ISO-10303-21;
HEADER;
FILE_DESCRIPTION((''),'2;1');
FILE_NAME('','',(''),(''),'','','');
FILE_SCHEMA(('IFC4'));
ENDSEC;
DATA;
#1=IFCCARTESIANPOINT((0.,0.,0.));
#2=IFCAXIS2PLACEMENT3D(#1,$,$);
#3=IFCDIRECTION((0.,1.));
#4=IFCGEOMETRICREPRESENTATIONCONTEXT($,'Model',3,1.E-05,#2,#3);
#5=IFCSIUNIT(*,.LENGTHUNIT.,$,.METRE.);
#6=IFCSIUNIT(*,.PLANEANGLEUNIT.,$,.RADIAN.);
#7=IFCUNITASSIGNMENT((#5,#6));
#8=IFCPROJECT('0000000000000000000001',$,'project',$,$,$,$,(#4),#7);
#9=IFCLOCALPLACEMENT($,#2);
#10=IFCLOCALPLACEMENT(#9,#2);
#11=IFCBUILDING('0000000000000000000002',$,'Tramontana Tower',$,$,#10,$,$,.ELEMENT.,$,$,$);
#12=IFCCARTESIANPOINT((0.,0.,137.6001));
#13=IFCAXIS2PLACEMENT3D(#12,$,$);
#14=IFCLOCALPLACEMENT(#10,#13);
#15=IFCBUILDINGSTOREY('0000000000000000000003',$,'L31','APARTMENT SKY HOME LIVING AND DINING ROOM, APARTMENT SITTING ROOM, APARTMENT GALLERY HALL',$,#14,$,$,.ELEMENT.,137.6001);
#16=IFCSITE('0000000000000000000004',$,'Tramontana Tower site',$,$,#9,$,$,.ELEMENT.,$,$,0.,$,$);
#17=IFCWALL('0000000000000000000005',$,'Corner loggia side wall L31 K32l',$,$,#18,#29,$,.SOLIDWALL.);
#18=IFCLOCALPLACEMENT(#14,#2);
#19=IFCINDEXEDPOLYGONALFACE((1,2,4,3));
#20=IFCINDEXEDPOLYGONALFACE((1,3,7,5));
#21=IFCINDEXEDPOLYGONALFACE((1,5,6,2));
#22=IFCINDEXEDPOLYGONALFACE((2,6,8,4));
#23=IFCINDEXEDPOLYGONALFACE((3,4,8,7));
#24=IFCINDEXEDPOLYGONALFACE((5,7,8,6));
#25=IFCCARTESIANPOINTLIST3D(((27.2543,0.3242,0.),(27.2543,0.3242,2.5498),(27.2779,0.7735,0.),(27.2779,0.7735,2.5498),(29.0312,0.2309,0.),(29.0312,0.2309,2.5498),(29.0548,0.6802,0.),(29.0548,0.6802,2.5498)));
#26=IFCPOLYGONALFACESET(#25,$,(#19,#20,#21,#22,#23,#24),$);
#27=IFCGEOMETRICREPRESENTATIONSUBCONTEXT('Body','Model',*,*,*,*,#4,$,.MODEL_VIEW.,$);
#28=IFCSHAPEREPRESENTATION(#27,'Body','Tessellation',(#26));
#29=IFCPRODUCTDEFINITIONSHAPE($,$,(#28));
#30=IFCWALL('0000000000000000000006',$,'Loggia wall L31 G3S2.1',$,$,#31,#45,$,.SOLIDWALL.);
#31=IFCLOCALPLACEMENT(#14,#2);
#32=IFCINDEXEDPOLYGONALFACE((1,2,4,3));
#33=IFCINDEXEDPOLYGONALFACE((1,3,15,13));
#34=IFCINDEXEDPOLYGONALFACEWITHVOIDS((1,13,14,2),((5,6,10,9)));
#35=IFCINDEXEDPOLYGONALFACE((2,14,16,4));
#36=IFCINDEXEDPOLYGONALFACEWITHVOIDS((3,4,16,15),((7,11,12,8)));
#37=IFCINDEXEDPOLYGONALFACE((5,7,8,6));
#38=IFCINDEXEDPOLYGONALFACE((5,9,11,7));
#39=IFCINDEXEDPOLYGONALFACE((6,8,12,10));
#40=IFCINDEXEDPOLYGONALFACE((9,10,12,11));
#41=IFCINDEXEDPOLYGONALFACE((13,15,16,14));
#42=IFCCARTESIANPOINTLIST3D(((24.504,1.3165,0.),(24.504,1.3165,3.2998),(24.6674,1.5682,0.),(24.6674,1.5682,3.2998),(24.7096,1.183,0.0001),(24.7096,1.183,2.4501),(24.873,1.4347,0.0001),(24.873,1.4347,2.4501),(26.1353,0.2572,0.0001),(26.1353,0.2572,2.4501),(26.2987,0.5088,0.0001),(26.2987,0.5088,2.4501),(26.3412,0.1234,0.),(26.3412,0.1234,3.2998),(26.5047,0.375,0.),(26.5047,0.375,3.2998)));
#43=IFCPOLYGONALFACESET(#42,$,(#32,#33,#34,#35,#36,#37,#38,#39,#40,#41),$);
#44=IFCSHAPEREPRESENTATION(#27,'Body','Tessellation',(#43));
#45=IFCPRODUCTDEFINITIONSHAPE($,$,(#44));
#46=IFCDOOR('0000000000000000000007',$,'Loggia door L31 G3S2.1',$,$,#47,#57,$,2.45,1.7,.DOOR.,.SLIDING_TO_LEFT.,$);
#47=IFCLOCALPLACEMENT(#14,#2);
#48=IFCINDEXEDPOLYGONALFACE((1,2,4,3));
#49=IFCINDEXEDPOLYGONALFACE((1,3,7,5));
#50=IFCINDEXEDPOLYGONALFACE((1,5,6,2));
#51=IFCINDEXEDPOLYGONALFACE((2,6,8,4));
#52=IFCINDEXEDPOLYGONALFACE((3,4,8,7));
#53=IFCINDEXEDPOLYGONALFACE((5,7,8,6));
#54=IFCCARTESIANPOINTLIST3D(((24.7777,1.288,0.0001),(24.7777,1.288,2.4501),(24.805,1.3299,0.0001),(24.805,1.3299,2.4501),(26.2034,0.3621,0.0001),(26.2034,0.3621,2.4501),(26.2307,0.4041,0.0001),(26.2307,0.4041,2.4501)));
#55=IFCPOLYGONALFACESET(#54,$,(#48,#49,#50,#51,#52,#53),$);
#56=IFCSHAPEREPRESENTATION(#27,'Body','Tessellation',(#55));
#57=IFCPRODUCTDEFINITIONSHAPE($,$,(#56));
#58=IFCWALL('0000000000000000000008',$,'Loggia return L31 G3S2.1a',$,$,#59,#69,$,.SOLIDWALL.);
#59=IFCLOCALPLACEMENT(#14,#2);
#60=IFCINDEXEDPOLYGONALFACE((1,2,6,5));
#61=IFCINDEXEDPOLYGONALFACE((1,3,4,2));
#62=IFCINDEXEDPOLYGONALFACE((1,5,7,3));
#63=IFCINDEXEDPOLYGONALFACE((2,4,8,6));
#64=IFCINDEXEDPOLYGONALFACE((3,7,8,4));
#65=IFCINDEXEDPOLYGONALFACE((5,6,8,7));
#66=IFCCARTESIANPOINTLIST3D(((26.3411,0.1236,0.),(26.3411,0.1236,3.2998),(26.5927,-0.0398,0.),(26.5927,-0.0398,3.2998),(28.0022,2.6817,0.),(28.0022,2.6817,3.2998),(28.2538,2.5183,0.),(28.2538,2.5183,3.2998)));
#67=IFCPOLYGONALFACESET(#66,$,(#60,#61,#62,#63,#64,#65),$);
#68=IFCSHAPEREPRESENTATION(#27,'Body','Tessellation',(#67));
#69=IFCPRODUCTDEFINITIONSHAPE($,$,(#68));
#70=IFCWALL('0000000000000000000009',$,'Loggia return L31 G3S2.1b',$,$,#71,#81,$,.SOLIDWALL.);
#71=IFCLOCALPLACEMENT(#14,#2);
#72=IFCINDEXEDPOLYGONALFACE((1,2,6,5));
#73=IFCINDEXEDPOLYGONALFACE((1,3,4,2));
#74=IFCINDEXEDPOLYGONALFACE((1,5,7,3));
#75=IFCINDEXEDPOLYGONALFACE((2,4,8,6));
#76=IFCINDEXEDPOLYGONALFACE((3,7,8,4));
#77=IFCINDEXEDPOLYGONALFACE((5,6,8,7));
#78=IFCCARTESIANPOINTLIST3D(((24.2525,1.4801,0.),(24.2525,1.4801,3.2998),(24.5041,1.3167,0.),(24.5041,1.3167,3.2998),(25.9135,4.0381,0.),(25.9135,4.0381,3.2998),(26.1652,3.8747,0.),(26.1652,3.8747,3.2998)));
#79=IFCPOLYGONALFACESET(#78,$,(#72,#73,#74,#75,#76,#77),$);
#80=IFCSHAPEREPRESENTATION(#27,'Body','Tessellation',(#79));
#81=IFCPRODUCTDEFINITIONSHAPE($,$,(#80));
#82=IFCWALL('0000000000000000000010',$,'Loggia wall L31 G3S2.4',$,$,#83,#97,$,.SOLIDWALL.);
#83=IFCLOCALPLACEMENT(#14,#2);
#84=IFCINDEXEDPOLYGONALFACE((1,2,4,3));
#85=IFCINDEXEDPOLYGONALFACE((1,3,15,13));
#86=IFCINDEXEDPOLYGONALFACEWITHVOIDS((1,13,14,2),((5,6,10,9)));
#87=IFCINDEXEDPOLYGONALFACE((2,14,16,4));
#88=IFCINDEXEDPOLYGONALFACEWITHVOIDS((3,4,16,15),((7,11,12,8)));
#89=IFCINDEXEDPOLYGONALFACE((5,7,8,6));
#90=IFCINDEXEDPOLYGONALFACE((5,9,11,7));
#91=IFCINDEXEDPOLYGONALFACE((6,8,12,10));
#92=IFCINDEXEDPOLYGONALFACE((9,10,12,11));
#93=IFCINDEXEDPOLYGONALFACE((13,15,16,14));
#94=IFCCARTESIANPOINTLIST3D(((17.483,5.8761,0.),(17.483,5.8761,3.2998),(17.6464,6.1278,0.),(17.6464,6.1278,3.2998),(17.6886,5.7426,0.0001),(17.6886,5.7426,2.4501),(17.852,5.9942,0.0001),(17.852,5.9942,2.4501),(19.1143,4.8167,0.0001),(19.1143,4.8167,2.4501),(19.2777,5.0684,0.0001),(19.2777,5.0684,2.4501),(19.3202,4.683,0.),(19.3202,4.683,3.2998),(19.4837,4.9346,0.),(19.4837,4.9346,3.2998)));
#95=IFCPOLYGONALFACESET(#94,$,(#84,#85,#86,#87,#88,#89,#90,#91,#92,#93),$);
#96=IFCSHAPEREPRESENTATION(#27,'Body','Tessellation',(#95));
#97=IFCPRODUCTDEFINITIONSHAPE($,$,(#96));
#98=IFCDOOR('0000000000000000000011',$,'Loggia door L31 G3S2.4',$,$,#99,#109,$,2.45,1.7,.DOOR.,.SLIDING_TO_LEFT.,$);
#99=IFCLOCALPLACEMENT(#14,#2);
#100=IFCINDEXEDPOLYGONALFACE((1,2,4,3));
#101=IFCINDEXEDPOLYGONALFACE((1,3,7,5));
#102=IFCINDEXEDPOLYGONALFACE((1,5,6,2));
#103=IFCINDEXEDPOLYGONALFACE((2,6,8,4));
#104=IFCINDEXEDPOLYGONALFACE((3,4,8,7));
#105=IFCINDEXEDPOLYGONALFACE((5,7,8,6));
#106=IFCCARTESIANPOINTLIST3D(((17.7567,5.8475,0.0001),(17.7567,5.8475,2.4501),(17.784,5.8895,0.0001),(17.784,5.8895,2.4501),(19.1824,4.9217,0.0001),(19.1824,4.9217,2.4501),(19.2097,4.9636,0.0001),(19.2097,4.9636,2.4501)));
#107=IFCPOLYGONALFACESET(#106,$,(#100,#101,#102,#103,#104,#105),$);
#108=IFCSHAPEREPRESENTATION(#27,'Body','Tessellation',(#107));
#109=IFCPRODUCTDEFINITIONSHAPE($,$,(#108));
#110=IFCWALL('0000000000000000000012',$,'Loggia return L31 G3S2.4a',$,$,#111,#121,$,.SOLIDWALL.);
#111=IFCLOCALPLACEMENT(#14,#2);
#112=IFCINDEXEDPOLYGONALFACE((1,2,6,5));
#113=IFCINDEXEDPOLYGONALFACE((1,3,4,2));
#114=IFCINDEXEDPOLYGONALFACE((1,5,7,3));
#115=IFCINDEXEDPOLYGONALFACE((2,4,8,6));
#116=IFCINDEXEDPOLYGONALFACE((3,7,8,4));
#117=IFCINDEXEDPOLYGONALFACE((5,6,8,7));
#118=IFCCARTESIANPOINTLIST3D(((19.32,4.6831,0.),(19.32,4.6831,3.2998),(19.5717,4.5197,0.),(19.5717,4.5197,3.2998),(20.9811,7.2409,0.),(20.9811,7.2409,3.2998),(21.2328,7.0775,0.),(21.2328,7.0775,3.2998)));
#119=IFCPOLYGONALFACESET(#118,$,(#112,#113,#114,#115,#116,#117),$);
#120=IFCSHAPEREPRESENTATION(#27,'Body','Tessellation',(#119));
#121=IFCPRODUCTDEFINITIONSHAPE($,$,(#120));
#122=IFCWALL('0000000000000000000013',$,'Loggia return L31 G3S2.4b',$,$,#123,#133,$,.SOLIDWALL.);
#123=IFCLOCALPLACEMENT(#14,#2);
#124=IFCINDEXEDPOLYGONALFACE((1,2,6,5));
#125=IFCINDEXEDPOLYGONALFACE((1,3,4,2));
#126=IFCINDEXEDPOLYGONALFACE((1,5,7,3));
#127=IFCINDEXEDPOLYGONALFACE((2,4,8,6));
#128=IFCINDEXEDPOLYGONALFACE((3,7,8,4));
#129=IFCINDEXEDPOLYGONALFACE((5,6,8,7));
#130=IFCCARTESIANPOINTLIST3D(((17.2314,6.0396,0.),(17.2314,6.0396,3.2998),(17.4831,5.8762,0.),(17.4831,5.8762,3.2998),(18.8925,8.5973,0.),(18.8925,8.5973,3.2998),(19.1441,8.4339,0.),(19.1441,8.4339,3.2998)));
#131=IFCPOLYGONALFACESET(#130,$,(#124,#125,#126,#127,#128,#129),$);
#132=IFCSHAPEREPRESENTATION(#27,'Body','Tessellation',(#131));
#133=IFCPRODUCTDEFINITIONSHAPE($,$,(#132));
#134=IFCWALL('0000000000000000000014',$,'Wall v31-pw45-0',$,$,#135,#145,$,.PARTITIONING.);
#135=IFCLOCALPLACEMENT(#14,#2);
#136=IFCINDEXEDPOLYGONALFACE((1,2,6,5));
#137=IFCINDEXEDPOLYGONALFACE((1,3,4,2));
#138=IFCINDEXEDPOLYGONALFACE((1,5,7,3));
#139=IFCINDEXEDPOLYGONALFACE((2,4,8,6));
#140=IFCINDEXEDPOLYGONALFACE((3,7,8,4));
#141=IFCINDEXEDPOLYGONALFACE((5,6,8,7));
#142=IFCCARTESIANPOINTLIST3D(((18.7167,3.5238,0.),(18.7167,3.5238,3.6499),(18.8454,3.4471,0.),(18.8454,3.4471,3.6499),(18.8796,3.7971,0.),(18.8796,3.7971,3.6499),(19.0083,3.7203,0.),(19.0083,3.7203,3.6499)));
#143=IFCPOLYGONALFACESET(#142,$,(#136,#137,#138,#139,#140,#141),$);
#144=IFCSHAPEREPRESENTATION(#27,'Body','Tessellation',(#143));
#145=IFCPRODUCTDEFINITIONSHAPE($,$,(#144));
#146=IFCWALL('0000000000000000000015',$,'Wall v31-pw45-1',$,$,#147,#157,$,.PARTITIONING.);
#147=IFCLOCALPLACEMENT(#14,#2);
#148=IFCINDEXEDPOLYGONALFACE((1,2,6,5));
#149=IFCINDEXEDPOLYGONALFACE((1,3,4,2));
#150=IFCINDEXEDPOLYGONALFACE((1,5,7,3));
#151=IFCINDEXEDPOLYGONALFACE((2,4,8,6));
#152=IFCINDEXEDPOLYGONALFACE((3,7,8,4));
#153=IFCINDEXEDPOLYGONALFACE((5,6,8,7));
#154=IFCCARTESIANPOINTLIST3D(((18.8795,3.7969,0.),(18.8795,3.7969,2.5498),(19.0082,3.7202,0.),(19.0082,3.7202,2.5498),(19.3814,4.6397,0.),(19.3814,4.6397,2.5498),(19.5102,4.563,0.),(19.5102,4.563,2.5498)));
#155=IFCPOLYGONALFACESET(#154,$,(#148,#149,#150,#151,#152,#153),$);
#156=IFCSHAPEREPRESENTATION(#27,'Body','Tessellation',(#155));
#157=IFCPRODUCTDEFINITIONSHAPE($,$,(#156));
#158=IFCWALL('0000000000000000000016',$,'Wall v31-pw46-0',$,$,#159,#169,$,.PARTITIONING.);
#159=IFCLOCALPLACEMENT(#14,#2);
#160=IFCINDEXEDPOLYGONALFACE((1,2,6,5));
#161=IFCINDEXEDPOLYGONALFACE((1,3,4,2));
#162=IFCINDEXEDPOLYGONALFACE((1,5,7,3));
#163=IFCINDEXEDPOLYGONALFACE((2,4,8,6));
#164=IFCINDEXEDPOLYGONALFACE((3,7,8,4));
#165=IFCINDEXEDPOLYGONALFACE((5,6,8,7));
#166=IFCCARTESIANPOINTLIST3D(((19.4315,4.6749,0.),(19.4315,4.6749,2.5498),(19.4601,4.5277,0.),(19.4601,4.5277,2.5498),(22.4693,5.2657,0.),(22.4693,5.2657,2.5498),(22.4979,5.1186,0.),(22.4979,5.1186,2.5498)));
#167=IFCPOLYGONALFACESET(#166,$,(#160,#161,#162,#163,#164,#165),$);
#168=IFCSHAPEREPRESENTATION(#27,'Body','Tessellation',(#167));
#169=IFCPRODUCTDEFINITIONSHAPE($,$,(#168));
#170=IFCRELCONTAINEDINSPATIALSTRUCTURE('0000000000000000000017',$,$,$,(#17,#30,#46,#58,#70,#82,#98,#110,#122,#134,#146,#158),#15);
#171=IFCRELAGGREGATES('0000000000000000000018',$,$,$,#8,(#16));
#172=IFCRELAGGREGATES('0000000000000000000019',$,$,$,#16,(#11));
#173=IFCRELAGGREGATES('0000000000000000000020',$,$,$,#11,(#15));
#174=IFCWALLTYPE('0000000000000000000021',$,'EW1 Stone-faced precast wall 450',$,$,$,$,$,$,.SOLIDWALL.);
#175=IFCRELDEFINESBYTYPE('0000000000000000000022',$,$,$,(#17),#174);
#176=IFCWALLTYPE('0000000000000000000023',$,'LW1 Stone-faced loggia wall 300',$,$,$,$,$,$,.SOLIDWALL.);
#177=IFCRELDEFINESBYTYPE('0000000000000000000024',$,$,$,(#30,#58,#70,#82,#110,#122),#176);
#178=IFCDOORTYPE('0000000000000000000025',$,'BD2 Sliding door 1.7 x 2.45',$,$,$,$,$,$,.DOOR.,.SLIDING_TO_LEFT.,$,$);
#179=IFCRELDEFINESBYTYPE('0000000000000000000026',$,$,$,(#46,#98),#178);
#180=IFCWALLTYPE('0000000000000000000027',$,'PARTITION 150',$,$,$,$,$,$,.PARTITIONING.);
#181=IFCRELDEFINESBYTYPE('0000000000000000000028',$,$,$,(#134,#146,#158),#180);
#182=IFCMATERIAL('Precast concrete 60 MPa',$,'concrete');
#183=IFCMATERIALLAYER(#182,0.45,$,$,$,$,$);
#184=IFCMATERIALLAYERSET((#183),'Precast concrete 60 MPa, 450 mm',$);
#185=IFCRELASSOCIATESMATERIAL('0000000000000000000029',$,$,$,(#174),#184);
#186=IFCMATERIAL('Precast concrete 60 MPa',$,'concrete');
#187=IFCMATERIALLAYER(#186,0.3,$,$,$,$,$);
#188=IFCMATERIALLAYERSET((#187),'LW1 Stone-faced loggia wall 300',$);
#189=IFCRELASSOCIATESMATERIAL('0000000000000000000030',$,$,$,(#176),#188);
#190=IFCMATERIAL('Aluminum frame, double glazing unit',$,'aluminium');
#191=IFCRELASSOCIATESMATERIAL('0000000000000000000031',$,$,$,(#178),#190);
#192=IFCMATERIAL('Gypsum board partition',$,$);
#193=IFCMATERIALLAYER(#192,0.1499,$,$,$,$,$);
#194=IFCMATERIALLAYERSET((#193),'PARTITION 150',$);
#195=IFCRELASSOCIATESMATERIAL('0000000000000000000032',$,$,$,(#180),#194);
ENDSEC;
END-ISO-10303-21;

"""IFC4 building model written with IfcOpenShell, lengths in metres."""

from ifc_helpers import new_model, si_unit, direction, frame, frame_2d, origin, place, context, subcontext, project, spatial, rectangle, extrude, material, layer, layer_set, type_object, element, fill, save


model = new_model("IFC4")

# Units and contexts
model_context = context("Model", 3, precision=1e-05, world=origin(), true_north=direction((0.0, 1.0)))
body_context = subcontext(model_context, "Body", "Model", "MODEL_VIEW")
ifc_project = project(units=[si_unit("LENGTHUNIT", "METRE"), si_unit("PLANEANGLEUNIT", "RADIAN")], contexts=[model_context])

# Site, building, storey
site_placement = place(None, origin())
site = spatial("IfcSite", under=ifc_project, at=site_placement, Name="Tramontana Tower site", CompositionType="ELEMENT", RefElevation=0.0)
building_placement = place(site_placement, origin())
building = spatial("IfcBuilding", under=site, at=building_placement, Name="Tramontana Tower", CompositionType="ELEMENT")
storey_placement = place(building_placement, frame((0.0, 0.0, 137.6001)))
storey = spatial("IfcBuildingStorey", under=building, at=storey_placement, Name="L31", Description="APARTMENT SKY HOME LIVING AND DINING ROOM, APARTMENT SITTING ROOM, APARTMENT GALLERY HALL", CompositionType="ELEMENT", Elevation=137.6001)

# Shared definitions
ifc_material_1 = material(Name="Precast concrete 60 MPa", Category="concrete")
ifc_layer_1 = layer(ifc_material_1, 0.45)
ifc_layer_set_1 = layer_set([ifc_layer_1], Name="Precast concrete 60 MPa, 450 mm")
wall_type_1 = type_object("IfcWallType", Name="EW1 Stone-faced precast wall 450", PredefinedType="SOLIDWALL", material=ifc_layer_set_1)

# Wall
wall_1_placement = place(storey_placement, frame((29.043, 0.4556, 0.0), z_axis=(0.0, 0.0, 1.0), x_axis=(-0.998625, 0.052415, 0.0)))
element("IfcWall", 1, at=wall_1_placement, inside=storey, type_object=wall_type_1, Name="Corner loggia side wall L31 K32l", PredefinedType="SOLIDWALL", context=body_context, shape_type="SweptSolid", body=[
    extrude(rectangle(XDim=1.7793, YDim=0.45, at=frame_2d((0.8896, 0.0))), origin(), (0.0, 0.0, 1.0), 2.5498),
])

# Wall, opening, door
ifc_material_2 = material(Name="Precast concrete 60 MPa", Category="concrete")
ifc_layer_2 = layer(ifc_material_2, 0.3)
ifc_layer_set_2 = layer_set([ifc_layer_2], Name="LW1 Stone-faced loggia wall 300")
wall_type_2 = type_object("IfcWallType", Name="LW1 Stone-faced loggia wall 300", PredefinedType="SOLIDWALL", material=ifc_layer_set_2)
wall_2_placement = place(storey_placement, frame((26.4229, 0.2493, 0.0), z_axis=(0.0, 0.0, 1.0), x_axis=(-0.83866, 0.544655, 0.0)))
wall_2 = element("IfcWall", 2, at=wall_2_placement, inside=storey, type_object=wall_type_2, Name="Loggia wall L31 G3S2.1", PredefinedType="SOLIDWALL", context=body_context, shape_type="SweptSolid", body=[
    extrude(rectangle(XDim=2.1907, YDim=0.3, at=frame_2d((1.0952, 0.0))), origin(), (0.0, 0.0, 1.0), 3.2998),
])
opening_1_placement = place(wall_2_placement, frame((0.2454, 0.0, 0.0)))
opening_1 = element("IfcOpeningElement", 3, at=opening_1_placement, cuts=wall_2, PredefinedType="OPENING", context=body_context, shape_type="SweptSolid", body=[
    extrude(rectangle(XDim=1.7, YDim=2.45, at=frame_2d((0.8501, 1.2251))), frame((0.0, 0.1599, 0.0), z_axis=(0.0, -1.0, 0.0), x_axis=(1.0, 0.0, 0.0)), (0.0, 0.0, 1.0), 0.3201),
])
ifc_material_3 = material(Name="Aluminum frame, double glazing unit", Category="aluminium")
door_type_1 = type_object("IfcDoorType", Name="BD2 Sliding door 1.7 x 2.45", OperationType="SLIDING_TO_LEFT", PredefinedType="DOOR", material=ifc_material_3)
door_1_placement = place(opening_1_placement, origin())
door_1 = element("IfcDoor", 4, at=door_1_placement, inside=storey, type_object=door_type_1, Name="Loggia door L31 G3S2.1", OperationType="SLIDING_TO_LEFT", OverallHeight=2.45, OverallWidth=1.7, PredefinedType="DOOR", context=body_context, shape_type="SweptSolid", body=[
    extrude(rectangle(XDim=1.7, YDim=2.45, at=frame_2d((0.8501, 1.2251))), frame((0.0, 0.0249, 0.0), z_axis=(0.0, -1.0, 0.0), x_axis=(1.0, 0.0, 0.0)), (0.0, 0.0, 1.0), 0.05),
])
fill(opening_1, door_1)

# Walls
for number, where, z_axis, x_axis, name in (
    (5, (28.1279, 2.5999, 0.0), (0.0, 0.0, 1.0), (-0.544611, -0.838689, 0.0), "Loggia return L31 G3S2.1a"),
    (6, (26.0393, 3.9563, 0.0), (0.0, 0.0, 1.0), (-0.544611, -0.838689, 0.0), "Loggia return L31 G3S2.1b"),
):
    element("IfcWall", number, at=place(storey_placement, frame(where, z_axis=z_axis, x_axis=x_axis)), inside=storey, type_object=wall_type_2, Name=name, PredefinedType="SOLIDWALL", context=body_context, shape_type="SweptSolid", body=[
        extrude(rectangle(XDim=3.05, YDim=0.3, at=frame_2d((1.5249, 0.0))), origin(), (0.0, 0.0, 1.0), 3.2998),
    ])

# Wall, opening, door
wall_3_placement = place(storey_placement, frame((19.4019, 4.8088, 0.0), z_axis=(0.0, 0.0, 1.0), x_axis=(-0.83866, 0.544655, 0.0)))
wall_3 = element("IfcWall", 7, at=wall_3_placement, inside=storey, type_object=wall_type_2, Name="Loggia wall L31 G3S2.4", PredefinedType="SOLIDWALL", context=body_context, shape_type="SweptSolid", body=[
    extrude(rectangle(XDim=2.1907, YDim=0.3, at=frame_2d((1.0952, 0.0))), origin(), (0.0, 0.0, 1.0), 3.2998),
])
opening_2_placement = place(wall_3_placement, frame((0.2454, 0.0, 0.0)))
opening_2 = element("IfcOpeningElement", 8, at=opening_2_placement, cuts=wall_3, PredefinedType="OPENING", context=body_context, shape_type="SweptSolid", body=[
    extrude(rectangle(XDim=1.7, YDim=2.45, at=frame_2d((0.8501, 1.2251))), frame((0.0, 0.1599, 0.0), z_axis=(0.0, -1.0, 0.0), x_axis=(1.0, 0.0, 0.0)), (0.0, 0.0, 1.0), 0.3201),
])
door_2_placement = place(opening_2_placement, origin())
door_2 = element("IfcDoor", 9, at=door_2_placement, inside=storey, type_object=door_type_1, Name="Loggia door L31 G3S2.4", OperationType="SLIDING_TO_LEFT", OverallHeight=2.45, OverallWidth=1.7, PredefinedType="DOOR", context=body_context, shape_type="SweptSolid", body=[
    extrude(rectangle(XDim=1.7, YDim=2.45, at=frame_2d((0.8501, 1.2251))), frame((0.0, 0.0249, 0.0), z_axis=(0.0, -1.0, 0.0), x_axis=(1.0, 0.0, 0.0)), (0.0, 0.0, 1.0), 0.05),
])
fill(opening_2, door_2)

# Walls
for number, where, z_axis, x_axis, name in (
    (10, (21.1069, 7.1592, 0.0), (0.0, 0.0, 1.0), (-0.544648, -0.838665, 0.0), "Loggia return L31 G3S2.4a"),
    (11, (19.0183, 8.5156, 0.0), (0.0, 0.0, 1.0), (-0.544648, -0.838665, 0.0), "Loggia return L31 G3S2.4b"),
):
    element("IfcWall", number, at=place(storey_placement, frame(where, z_axis=z_axis, x_axis=x_axis)), inside=storey, type_object=wall_type_2, Name=name, PredefinedType="SOLIDWALL", context=body_context, shape_type="SweptSolid", body=[
        extrude(rectangle(XDim=3.0498, YDim=0.3, at=frame_2d((1.5249, 0.0))), origin(), (0.0, 0.0, 1.0), 3.2998),
    ])
ifc_material_4 = material(Name="Gypsum board partition")
ifc_layer_3 = layer(ifc_material_4, 0.1499)
ifc_layer_set_3 = layer_set([ifc_layer_3], Name="PARTITION 150")
wall_type_3 = type_object("IfcWallType", Name="PARTITION 150", PredefinedType="PARTITIONING", material=ifc_layer_set_3)
wall_4_placement = place(storey_placement, frame((18.781, 3.4854, 0.0), z_axis=(0.0, 0.0, 1.0), x_axis=(0.51201, 0.858979, 0.0)))
element("IfcWall", 12, at=wall_4_placement, inside=storey, type_object=wall_type_3, Name="Wall v31-pw45-0", PredefinedType="PARTITIONING", context=body_context, shape_type="SweptSolid", body=[
    extrude(rectangle(XDim=0.3181, YDim=0.1499, at=frame_2d((0.1592, 0.0))), origin(), (0.0, 0.0, 1.0), 3.6499),
])
wall_5_placement = place(storey_placement, frame((18.9438, 3.7585, 0.0), z_axis=(0.0, 0.0, 1.0), x_axis=(0.511711, 0.859157, 0.0)))
element("IfcWall", 13, at=wall_5_placement, inside=storey, type_object=wall_type_3, Name="Wall v31-pw45-1", PredefinedType="PARTITIONING", context=body_context, shape_type="SweptSolid", body=[
    extrude(rectangle(XDim=0.981, YDim=0.1499, at=frame_2d((0.4905, 0.0))), origin(), (0.0, 0.0, 1.0), 2.5498),
])
wall_6_placement = place(storey_placement, frame((19.4458, 4.6013, 0.0), z_axis=(0.0, 0.0, 1.0), x_axis=(0.981608, 0.19091, 0.0)))
element("IfcWall", 14, at=wall_6_placement, inside=storey, type_object=wall_type_3, Name="Wall v31-pw46-0", PredefinedType="PARTITIONING", context=body_context, shape_type="SweptSolid", body=[
    extrude(rectangle(XDim=3.0947, YDim=0.1499, at=frame_2d((1.5474, 0.0))), origin(), (0.0, 0.0, 1.0), 2.5498),
])

save(model, "model.ifc")
